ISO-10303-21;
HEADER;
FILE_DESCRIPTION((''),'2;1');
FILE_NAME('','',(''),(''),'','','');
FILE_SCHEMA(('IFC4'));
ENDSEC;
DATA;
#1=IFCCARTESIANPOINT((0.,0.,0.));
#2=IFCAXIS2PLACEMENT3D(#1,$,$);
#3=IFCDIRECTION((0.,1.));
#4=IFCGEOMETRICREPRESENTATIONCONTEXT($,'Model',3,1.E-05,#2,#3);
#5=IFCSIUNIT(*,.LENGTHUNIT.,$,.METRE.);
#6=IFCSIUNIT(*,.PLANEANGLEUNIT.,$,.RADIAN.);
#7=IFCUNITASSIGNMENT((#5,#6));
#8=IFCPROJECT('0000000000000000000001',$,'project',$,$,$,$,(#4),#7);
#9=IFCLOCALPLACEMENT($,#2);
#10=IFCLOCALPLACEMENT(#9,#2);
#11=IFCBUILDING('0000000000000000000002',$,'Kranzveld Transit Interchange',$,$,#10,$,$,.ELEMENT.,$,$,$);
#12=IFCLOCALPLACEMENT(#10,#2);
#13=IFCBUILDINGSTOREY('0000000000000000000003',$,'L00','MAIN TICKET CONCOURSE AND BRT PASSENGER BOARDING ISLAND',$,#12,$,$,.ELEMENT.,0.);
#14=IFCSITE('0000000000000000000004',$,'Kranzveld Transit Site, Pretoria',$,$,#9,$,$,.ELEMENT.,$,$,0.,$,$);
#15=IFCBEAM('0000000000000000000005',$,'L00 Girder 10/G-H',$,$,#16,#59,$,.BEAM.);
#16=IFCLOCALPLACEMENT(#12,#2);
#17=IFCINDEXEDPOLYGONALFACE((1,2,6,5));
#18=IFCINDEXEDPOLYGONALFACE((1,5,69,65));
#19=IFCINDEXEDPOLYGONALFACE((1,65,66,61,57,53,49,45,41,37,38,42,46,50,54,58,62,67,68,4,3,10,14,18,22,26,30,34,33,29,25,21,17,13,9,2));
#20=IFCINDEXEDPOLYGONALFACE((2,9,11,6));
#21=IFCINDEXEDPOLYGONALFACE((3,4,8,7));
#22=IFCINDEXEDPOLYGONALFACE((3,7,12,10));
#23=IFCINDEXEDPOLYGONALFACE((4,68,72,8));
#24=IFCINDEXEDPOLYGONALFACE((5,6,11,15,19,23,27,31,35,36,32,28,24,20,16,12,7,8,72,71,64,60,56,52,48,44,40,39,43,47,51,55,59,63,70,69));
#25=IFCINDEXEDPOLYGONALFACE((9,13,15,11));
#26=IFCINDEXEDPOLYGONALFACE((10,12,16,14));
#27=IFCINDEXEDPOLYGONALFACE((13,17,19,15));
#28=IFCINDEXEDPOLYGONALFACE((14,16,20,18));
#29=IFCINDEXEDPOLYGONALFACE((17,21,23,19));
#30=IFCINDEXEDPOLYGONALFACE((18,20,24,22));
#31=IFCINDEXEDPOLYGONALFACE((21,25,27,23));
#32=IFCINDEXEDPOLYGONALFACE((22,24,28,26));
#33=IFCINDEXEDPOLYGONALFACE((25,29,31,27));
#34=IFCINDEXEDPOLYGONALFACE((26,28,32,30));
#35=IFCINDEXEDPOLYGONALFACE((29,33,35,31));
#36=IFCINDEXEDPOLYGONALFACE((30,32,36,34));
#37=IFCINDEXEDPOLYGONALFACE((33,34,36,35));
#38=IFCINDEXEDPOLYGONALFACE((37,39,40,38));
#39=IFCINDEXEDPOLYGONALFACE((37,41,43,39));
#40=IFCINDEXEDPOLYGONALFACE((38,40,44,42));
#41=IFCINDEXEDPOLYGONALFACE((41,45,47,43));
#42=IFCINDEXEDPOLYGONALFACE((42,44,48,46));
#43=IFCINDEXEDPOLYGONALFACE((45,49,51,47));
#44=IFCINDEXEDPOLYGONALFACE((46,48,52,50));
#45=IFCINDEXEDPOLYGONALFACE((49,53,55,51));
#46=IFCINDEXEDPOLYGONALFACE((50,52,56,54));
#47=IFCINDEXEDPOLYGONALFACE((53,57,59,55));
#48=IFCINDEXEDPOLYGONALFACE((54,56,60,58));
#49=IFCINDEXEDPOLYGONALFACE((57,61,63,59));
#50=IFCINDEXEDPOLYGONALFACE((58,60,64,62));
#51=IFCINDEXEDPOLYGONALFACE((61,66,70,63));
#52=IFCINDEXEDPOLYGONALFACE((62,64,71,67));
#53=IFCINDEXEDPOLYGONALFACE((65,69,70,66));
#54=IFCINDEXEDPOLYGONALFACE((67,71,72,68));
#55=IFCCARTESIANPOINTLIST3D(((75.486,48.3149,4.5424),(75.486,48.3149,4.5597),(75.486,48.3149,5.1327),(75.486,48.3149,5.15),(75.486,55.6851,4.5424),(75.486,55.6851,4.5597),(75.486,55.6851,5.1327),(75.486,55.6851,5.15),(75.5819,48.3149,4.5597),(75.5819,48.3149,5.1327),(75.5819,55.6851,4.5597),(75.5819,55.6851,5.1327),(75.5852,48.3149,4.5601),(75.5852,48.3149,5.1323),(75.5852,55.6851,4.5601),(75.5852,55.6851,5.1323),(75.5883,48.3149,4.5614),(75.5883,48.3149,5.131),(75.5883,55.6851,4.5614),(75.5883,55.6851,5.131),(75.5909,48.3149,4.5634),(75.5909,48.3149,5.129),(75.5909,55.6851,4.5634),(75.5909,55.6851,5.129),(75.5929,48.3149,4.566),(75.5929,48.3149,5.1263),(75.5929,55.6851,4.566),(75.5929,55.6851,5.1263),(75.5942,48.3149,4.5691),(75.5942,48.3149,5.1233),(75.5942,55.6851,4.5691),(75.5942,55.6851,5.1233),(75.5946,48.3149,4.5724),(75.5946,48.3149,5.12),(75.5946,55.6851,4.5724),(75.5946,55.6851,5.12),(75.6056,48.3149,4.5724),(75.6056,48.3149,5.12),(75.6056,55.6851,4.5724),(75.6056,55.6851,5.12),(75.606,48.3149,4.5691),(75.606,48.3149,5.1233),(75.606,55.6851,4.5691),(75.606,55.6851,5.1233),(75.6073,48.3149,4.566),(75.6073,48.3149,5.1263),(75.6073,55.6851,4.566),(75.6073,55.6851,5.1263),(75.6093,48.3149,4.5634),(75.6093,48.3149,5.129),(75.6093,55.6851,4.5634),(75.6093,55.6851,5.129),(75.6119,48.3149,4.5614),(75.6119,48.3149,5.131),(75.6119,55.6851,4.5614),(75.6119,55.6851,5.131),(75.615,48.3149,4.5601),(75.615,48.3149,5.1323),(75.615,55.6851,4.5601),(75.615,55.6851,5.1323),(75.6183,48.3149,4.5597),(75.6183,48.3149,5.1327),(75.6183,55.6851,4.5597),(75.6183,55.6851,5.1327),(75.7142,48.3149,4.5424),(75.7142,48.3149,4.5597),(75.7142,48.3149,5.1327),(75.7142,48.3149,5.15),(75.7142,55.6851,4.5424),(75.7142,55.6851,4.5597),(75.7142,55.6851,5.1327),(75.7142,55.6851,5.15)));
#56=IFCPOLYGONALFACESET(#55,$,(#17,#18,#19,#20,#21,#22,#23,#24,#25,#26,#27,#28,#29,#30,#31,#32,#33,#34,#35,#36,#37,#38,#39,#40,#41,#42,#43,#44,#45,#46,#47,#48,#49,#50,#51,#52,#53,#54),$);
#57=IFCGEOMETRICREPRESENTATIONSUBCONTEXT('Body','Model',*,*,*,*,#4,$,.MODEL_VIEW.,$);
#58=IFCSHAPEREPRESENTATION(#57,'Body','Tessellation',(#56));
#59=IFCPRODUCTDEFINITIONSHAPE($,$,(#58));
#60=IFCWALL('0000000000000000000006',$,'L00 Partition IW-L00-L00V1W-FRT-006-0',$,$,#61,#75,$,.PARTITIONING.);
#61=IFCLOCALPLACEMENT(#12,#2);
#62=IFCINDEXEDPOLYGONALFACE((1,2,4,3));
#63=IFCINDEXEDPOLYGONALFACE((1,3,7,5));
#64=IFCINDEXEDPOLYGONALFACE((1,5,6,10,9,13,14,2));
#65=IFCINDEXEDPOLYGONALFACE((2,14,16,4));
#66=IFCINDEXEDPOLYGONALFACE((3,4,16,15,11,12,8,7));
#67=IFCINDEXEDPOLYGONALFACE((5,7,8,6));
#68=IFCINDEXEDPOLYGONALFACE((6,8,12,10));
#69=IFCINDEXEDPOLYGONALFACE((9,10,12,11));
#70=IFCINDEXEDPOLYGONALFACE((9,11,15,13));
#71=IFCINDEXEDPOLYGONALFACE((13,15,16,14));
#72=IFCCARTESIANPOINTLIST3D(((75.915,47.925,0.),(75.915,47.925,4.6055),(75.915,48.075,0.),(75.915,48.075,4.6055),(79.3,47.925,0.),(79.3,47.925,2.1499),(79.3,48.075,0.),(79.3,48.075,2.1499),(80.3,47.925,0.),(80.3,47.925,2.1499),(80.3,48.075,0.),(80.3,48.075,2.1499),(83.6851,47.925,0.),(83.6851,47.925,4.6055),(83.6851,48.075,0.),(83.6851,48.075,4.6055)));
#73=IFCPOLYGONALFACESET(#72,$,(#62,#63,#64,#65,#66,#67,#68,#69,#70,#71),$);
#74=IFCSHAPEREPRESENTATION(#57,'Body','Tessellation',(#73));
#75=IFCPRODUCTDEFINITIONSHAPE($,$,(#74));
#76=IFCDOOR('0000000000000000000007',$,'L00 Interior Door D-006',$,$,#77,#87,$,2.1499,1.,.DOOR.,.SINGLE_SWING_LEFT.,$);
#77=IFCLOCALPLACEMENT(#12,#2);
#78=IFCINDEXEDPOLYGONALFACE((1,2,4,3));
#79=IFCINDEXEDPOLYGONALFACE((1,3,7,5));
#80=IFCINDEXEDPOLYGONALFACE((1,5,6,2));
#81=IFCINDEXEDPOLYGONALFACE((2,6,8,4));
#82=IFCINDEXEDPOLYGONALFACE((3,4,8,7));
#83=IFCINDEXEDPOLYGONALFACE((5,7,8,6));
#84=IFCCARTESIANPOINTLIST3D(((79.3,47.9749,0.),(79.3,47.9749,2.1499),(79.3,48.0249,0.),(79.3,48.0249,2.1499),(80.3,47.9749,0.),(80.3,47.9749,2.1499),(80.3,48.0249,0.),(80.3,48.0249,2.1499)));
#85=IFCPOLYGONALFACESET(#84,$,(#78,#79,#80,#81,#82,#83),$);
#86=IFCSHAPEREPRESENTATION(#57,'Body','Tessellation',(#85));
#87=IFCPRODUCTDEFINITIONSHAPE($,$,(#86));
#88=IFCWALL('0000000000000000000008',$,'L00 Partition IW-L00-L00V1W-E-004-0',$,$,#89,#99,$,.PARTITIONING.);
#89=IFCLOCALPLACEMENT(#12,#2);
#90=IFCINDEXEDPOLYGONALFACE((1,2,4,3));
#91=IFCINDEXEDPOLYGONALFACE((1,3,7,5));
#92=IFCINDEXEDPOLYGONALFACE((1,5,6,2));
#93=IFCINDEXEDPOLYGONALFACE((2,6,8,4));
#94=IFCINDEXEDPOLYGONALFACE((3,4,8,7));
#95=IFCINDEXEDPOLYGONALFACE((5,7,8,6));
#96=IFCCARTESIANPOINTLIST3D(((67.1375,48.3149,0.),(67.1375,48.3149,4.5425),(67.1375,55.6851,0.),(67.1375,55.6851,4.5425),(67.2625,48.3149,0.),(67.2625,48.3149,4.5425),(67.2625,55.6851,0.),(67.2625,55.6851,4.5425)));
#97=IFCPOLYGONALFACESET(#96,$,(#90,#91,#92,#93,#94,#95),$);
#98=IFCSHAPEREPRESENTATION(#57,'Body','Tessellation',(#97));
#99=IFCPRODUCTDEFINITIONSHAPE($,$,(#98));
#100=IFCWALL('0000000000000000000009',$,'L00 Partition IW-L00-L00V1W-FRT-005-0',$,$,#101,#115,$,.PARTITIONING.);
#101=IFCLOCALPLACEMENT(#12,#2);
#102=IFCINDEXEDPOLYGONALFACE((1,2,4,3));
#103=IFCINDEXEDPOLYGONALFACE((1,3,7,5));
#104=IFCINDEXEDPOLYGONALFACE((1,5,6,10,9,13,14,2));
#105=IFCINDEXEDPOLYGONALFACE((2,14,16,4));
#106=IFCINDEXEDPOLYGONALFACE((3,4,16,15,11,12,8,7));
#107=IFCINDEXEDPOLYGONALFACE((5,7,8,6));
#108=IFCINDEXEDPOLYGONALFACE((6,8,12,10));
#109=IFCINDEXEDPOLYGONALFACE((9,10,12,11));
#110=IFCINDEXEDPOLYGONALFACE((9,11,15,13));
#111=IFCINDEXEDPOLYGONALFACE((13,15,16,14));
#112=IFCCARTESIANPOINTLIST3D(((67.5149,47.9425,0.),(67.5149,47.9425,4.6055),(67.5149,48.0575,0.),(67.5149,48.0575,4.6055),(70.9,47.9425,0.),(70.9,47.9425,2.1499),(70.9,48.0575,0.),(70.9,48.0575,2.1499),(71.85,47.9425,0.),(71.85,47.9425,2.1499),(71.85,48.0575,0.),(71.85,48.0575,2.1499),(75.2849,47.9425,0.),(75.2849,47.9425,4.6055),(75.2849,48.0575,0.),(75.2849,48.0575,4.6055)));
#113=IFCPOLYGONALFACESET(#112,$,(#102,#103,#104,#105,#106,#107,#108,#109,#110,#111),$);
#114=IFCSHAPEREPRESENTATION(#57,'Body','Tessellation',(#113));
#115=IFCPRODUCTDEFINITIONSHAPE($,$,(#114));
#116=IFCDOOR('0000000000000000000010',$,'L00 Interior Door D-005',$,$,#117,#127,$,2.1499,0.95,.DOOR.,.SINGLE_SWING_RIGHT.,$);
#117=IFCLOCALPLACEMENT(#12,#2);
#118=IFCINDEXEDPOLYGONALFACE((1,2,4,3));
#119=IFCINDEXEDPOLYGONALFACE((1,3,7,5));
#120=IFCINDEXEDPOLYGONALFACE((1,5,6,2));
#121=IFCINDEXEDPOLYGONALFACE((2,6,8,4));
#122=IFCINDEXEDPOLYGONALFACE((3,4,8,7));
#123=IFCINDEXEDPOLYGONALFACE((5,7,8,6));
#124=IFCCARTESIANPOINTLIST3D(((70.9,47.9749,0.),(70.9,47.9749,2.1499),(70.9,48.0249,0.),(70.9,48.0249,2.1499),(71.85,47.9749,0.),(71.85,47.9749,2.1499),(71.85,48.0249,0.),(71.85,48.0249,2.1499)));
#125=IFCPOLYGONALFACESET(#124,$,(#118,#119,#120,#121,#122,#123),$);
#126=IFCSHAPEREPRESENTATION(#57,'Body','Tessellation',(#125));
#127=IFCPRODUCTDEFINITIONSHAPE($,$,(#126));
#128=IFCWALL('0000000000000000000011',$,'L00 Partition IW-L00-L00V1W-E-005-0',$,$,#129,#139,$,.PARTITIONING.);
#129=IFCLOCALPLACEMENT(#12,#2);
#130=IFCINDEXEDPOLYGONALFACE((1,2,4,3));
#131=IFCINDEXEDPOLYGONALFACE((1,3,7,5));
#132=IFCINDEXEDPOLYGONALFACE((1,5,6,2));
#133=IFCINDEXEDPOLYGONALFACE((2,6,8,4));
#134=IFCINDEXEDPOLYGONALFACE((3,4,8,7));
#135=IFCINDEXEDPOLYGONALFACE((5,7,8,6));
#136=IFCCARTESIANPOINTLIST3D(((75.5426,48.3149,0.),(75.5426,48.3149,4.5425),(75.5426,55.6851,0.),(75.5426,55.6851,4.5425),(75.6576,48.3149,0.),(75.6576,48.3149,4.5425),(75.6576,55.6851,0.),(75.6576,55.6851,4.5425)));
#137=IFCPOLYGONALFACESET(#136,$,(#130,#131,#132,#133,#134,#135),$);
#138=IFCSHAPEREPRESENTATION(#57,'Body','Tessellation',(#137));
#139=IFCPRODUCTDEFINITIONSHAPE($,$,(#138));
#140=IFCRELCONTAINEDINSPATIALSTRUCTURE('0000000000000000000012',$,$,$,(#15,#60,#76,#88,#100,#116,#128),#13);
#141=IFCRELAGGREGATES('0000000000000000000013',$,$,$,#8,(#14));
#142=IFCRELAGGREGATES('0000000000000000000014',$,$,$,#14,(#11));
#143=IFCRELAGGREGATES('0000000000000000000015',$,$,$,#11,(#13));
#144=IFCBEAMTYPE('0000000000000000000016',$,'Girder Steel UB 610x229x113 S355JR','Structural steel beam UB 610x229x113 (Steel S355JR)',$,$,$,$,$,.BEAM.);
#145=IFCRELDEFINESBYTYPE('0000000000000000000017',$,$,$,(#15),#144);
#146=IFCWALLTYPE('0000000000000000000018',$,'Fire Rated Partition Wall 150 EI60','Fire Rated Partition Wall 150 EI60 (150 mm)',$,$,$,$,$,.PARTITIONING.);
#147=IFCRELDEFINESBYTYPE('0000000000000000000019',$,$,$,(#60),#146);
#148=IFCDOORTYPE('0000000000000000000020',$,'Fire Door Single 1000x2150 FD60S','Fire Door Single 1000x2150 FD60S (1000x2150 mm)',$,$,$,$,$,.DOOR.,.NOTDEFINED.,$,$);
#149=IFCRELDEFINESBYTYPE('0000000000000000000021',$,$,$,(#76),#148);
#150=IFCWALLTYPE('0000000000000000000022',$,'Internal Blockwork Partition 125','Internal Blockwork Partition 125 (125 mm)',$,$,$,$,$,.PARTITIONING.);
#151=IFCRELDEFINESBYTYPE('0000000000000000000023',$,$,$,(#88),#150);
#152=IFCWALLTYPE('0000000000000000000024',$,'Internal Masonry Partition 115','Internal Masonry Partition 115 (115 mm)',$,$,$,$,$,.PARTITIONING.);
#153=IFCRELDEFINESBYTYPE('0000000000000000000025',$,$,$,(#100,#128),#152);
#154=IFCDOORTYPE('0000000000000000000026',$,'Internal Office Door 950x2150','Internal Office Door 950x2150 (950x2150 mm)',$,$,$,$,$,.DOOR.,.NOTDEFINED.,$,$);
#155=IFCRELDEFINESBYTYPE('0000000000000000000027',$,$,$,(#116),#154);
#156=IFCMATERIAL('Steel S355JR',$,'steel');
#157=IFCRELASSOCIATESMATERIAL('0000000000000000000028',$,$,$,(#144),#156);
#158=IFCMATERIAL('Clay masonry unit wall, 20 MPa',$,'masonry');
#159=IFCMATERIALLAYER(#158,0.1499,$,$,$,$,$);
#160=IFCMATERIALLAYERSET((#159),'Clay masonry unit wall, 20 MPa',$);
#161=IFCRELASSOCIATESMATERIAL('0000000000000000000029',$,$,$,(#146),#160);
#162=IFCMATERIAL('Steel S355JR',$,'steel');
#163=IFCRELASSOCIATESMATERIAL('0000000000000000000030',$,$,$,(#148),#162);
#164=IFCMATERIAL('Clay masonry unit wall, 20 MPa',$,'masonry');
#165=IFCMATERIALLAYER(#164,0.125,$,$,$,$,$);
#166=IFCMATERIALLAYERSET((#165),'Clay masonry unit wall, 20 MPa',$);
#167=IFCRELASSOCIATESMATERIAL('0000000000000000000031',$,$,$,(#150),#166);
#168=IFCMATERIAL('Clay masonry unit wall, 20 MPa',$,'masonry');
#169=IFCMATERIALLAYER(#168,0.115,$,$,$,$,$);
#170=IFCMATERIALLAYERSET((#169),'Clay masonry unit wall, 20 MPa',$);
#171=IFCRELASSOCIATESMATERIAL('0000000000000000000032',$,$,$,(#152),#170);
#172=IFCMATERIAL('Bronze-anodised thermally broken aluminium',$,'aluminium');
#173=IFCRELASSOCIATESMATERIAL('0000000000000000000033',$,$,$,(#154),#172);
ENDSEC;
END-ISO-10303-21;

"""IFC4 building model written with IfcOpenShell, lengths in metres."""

from ifc_helpers import new_model, si_unit, direction, frame, frame_2d, origin, origin_2d, place, context, subcontext, project, spatial, rectangle, i_section, extrude, material, layer, layer_set, material_profile, profile_set, type_object, element, fill, save


model = new_model("IFC4")

# Units and contexts
model_context = context("Model", 3, precision=1e-05, world=origin(), true_north=direction((0.0, 1.0)))
body_context = subcontext(model_context, "Body", "Model", "MODEL_VIEW")
ifc_project = project(units=[si_unit("LENGTHUNIT", "METRE"), si_unit("PLANEANGLEUNIT", "RADIAN")], contexts=[model_context])

# Site, building, storey
site_placement = place(None, origin())
site = spatial("IfcSite", under=ifc_project, at=site_placement, Name="Kranzveld Transit Site, Pretoria", CompositionType="ELEMENT", RefElevation=0.0)
building_placement = place(site_placement, origin())
building = spatial("IfcBuilding", under=site, at=building_placement, Name="Kranzveld Transit Interchange", CompositionType="ELEMENT")
storey_placement = place(building_placement, origin())
storey = spatial("IfcBuildingStorey", under=building, at=storey_placement, Name="L00", Description="MAIN TICKET CONCOURSE AND BRT PASSENGER BOARDING ISLAND", CompositionType="ELEMENT", Elevation=0.0)

# Beam
ifc_material_1 = material(Name="Steel S355JR", Category="steel")
ifc_material_profile_1 = material_profile(ifc_material_1, i_section(OverallWidth=0.2283, OverallDepth=0.6077, WebThickness=0.011, FlangeThickness=0.0173, FilletRadius=0.0127, at=origin_2d()), Name="UB 610x229x113")
ifc_profile_set_1 = profile_set([ifc_material_profile_1], Name="Steel S355JR")
beam_type_1 = type_object("IfcBeamType", Name="Girder Steel UB 610x229x113 S355JR", Description="Structural steel beam UB 610x229x113 (Steel S355JR)", PredefinedType="BEAM", material=ifc_profile_set_1)
for number, where, z_axis, x_axis, name in (
    (1, (75.6001, 48.3149, 4.8462), (0.0, 1.0, 0.0), (-1.0, 0.0, 0.0), "L00 Girder 10/G-H"),
):
    element("IfcBeam", number, at=place(storey_placement, frame(where, z_axis=z_axis, x_axis=x_axis)), inside=storey, type_object=beam_type_1, Name=name, PredefinedType="BEAM", context=body_context, shape_type="SweptSolid", body=[
        extrude(i_section(OverallWidth=0.2283, OverallDepth=0.6077, WebThickness=0.011, FlangeThickness=0.0173, FilletRadius=0.0127, at=origin_2d()), origin(), (0.0, 0.0, 1.0), 7.3701),
    ])

# Wall, opening, door
ifc_material_2 = material(Name="Clay masonry unit wall, 20 MPa", Category="masonry")
ifc_layer_1 = layer(ifc_material_2, 0.1499)
ifc_layer_set_1 = layer_set([ifc_layer_1], Name="Clay masonry unit wall, 20 MPa")
wall_type_1 = type_object("IfcWallType", Name="Fire Rated Partition Wall 150 EI60", Description="Fire Rated Partition Wall 150 EI60 (150 mm)", PredefinedType="PARTITIONING", material=ifc_layer_set_1)
wall_1_placement = place(storey_placement, frame((75.915, 48.0, 0.0), z_axis=(0.0, 0.0, 1.0), x_axis=(1.0, 0.0, 0.0)))
wall_1 = element("IfcWall", 2, at=wall_1_placement, inside=storey, type_object=wall_type_1, Name="L00 Partition IW-L00-L00V1W-FRT-006-0", PredefinedType="PARTITIONING", context=body_context, shape_type="SweptSolid", body=[
    extrude(rectangle(XDim=7.77, YDim=0.1499, at=frame_2d((3.885, 0.0))), origin(), (0.0, 0.0, 1.0), 4.6055),
])
opening_1_placement = place(wall_1_placement, frame((3.385, 0.0, 0.0), z_axis=(0.0, 0.0, 1.0), x_axis=(1.0, 0.0, 0.0)))
opening_1 = element("IfcOpeningElement", 3, at=opening_1_placement, cuts=wall_1, PredefinedType="OPENING", context=body_context, shape_type="SweptSolid", body=[
    extrude(rectangle(XDim=1.0, YDim=2.1499, at=frame_2d((0.5, 1.075))), frame((0.0, 0.085, 0.0), z_axis=(0.0, -1.0, 0.0), x_axis=(1.0, 0.0, 0.0)), (0.0, 0.0, 1.0), 0.1699),
])
ifc_material_3 = material(Name="Steel S355JR", Category="steel")
door_type_1 = type_object("IfcDoorType", Name="Fire Door Single 1000x2150 FD60S", Description="Fire Door Single 1000x2150 FD60S (1000x2150 mm)", OperationType="NOTDEFINED", PredefinedType="DOOR", material=ifc_material_3)
door_1_placement = place(opening_1_placement, origin())
door_1 = element("IfcDoor", 4, at=door_1_placement, inside=storey, type_object=door_type_1, Name="L00 Interior Door D-006", OperationType="SINGLE_SWING_LEFT", OverallHeight=2.1499, OverallWidth=1.0, PredefinedType="DOOR", context=body_context, shape_type="SweptSolid", body=[
    extrude(rectangle(XDim=1.0, YDim=2.1499, at=frame_2d((0.5, 1.075))), frame((0.0, 0.0249, 0.0), z_axis=(0.0, -1.0, 0.0), x_axis=(1.0, 0.0, 0.0)), (0.0, 0.0, 1.0), 0.05),
])
fill(opening_1, door_1)

# Wall
ifc_material_4 = material(Name="Clay masonry unit wall, 20 MPa", Category="masonry")
ifc_layer_2 = layer(ifc_material_4, 0.125)
ifc_layer_set_2 = layer_set([ifc_layer_2], Name="Clay masonry unit wall, 20 MPa")
wall_type_2 = type_object("IfcWallType", Name="Internal Blockwork Partition 125", Description="Internal Blockwork Partition 125 (125 mm)", PredefinedType="PARTITIONING", material=ifc_layer_set_2)
wall_2_placement = place(storey_placement, frame((67.2, 48.3149, 0.0), z_axis=(0.0, 0.0, 1.0), x_axis=(0.0, 1.0, 0.0)))
element("IfcWall", 5, at=wall_2_placement, inside=storey, type_object=wall_type_2, Name="L00 Partition IW-L00-L00V1W-E-004-0", PredefinedType="PARTITIONING", context=body_context, shape_type="SweptSolid", body=[
    extrude(rectangle(XDim=7.3701, YDim=0.125, at=frame_2d((3.6851, 0.0))), origin(), (0.0, 0.0, 1.0), 4.5425),
])

# Wall, opening, door
ifc_material_5 = material(Name="Clay masonry unit wall, 20 MPa", Category="masonry")
ifc_layer_3 = layer(ifc_material_5, 0.115)
ifc_layer_set_3 = layer_set([ifc_layer_3], Name="Clay masonry unit wall, 20 MPa")
wall_type_3 = type_object("IfcWallType", Name="Internal Masonry Partition 115", Description="Internal Masonry Partition 115 (115 mm)", PredefinedType="PARTITIONING", material=ifc_layer_set_3)
wall_3_placement = place(storey_placement, frame((67.5149, 48.0, 0.0), z_axis=(0.0, 0.0, 1.0), x_axis=(1.0, 0.0, 0.0)))
wall_3 = element("IfcWall", 6, at=wall_3_placement, inside=storey, type_object=wall_type_3, Name="L00 Partition IW-L00-L00V1W-FRT-005-0", PredefinedType="PARTITIONING", context=body_context, shape_type="SweptSolid", body=[
    extrude(rectangle(XDim=7.77, YDim=0.115, at=frame_2d((3.885, 0.0))), origin(), (0.0, 0.0, 1.0), 4.6055),
])
opening_2_placement = place(wall_3_placement, frame((3.385, 0.0, 0.0), z_axis=(0.0, 0.0, 1.0), x_axis=(1.0, 0.0, 0.0)))
opening_2 = element("IfcOpeningElement", 7, at=opening_2_placement, cuts=wall_3, PredefinedType="OPENING", context=body_context, shape_type="SweptSolid", body=[
    extrude(rectangle(XDim=0.95, YDim=2.1499, at=frame_2d((0.4751, 1.075))), frame((0.0, 0.0674, 0.0), z_axis=(0.0, -1.0, 0.0), x_axis=(1.0, 0.0, 0.0)), (0.0, 0.0, 1.0), 0.135),
])
ifc_material_6 = material(Name="Bronze-anodised thermally broken aluminium", Category="aluminium")
door_type_2 = type_object("IfcDoorType", Name="Internal Office Door 950x2150", Description="Internal Office Door 950x2150 (950x2150 mm)", OperationType="NOTDEFINED", PredefinedType="DOOR", material=ifc_material_6)
door_2_placement = place(opening_2_placement, origin())
door_2 = element("IfcDoor", 8, at=door_2_placement, inside=storey, type_object=door_type_2, Name="L00 Interior Door D-005", OperationType="SINGLE_SWING_RIGHT", OverallHeight=2.1499, OverallWidth=0.95, PredefinedType="DOOR", context=body_context, shape_type="SweptSolid", body=[
    extrude(rectangle(XDim=0.95, YDim=2.1499, at=frame_2d((0.4751, 1.075))), frame((0.0, 0.0249, 0.0), z_axis=(0.0, -1.0, 0.0), x_axis=(1.0, 0.0, 0.0)), (0.0, 0.0, 1.0), 0.05),
])
fill(opening_2, door_2)

# Wall
wall_4_placement = place(storey_placement, frame((75.6001, 48.3149, 0.0), z_axis=(0.0, 0.0, 1.0), x_axis=(0.0, 1.0, 0.0)))
element("IfcWall", 9, at=wall_4_placement, inside=storey, type_object=wall_type_3, Name="L00 Partition IW-L00-L00V1W-E-005-0", PredefinedType="PARTITIONING", context=body_context, shape_type="SweptSolid", body=[
    extrude(rectangle(XDim=7.3701, YDim=0.115, at=frame_2d((3.6851, 0.0))), origin(), (0.0, 0.0, 1.0), 4.5425),
])

save(model, "model.ifc")
